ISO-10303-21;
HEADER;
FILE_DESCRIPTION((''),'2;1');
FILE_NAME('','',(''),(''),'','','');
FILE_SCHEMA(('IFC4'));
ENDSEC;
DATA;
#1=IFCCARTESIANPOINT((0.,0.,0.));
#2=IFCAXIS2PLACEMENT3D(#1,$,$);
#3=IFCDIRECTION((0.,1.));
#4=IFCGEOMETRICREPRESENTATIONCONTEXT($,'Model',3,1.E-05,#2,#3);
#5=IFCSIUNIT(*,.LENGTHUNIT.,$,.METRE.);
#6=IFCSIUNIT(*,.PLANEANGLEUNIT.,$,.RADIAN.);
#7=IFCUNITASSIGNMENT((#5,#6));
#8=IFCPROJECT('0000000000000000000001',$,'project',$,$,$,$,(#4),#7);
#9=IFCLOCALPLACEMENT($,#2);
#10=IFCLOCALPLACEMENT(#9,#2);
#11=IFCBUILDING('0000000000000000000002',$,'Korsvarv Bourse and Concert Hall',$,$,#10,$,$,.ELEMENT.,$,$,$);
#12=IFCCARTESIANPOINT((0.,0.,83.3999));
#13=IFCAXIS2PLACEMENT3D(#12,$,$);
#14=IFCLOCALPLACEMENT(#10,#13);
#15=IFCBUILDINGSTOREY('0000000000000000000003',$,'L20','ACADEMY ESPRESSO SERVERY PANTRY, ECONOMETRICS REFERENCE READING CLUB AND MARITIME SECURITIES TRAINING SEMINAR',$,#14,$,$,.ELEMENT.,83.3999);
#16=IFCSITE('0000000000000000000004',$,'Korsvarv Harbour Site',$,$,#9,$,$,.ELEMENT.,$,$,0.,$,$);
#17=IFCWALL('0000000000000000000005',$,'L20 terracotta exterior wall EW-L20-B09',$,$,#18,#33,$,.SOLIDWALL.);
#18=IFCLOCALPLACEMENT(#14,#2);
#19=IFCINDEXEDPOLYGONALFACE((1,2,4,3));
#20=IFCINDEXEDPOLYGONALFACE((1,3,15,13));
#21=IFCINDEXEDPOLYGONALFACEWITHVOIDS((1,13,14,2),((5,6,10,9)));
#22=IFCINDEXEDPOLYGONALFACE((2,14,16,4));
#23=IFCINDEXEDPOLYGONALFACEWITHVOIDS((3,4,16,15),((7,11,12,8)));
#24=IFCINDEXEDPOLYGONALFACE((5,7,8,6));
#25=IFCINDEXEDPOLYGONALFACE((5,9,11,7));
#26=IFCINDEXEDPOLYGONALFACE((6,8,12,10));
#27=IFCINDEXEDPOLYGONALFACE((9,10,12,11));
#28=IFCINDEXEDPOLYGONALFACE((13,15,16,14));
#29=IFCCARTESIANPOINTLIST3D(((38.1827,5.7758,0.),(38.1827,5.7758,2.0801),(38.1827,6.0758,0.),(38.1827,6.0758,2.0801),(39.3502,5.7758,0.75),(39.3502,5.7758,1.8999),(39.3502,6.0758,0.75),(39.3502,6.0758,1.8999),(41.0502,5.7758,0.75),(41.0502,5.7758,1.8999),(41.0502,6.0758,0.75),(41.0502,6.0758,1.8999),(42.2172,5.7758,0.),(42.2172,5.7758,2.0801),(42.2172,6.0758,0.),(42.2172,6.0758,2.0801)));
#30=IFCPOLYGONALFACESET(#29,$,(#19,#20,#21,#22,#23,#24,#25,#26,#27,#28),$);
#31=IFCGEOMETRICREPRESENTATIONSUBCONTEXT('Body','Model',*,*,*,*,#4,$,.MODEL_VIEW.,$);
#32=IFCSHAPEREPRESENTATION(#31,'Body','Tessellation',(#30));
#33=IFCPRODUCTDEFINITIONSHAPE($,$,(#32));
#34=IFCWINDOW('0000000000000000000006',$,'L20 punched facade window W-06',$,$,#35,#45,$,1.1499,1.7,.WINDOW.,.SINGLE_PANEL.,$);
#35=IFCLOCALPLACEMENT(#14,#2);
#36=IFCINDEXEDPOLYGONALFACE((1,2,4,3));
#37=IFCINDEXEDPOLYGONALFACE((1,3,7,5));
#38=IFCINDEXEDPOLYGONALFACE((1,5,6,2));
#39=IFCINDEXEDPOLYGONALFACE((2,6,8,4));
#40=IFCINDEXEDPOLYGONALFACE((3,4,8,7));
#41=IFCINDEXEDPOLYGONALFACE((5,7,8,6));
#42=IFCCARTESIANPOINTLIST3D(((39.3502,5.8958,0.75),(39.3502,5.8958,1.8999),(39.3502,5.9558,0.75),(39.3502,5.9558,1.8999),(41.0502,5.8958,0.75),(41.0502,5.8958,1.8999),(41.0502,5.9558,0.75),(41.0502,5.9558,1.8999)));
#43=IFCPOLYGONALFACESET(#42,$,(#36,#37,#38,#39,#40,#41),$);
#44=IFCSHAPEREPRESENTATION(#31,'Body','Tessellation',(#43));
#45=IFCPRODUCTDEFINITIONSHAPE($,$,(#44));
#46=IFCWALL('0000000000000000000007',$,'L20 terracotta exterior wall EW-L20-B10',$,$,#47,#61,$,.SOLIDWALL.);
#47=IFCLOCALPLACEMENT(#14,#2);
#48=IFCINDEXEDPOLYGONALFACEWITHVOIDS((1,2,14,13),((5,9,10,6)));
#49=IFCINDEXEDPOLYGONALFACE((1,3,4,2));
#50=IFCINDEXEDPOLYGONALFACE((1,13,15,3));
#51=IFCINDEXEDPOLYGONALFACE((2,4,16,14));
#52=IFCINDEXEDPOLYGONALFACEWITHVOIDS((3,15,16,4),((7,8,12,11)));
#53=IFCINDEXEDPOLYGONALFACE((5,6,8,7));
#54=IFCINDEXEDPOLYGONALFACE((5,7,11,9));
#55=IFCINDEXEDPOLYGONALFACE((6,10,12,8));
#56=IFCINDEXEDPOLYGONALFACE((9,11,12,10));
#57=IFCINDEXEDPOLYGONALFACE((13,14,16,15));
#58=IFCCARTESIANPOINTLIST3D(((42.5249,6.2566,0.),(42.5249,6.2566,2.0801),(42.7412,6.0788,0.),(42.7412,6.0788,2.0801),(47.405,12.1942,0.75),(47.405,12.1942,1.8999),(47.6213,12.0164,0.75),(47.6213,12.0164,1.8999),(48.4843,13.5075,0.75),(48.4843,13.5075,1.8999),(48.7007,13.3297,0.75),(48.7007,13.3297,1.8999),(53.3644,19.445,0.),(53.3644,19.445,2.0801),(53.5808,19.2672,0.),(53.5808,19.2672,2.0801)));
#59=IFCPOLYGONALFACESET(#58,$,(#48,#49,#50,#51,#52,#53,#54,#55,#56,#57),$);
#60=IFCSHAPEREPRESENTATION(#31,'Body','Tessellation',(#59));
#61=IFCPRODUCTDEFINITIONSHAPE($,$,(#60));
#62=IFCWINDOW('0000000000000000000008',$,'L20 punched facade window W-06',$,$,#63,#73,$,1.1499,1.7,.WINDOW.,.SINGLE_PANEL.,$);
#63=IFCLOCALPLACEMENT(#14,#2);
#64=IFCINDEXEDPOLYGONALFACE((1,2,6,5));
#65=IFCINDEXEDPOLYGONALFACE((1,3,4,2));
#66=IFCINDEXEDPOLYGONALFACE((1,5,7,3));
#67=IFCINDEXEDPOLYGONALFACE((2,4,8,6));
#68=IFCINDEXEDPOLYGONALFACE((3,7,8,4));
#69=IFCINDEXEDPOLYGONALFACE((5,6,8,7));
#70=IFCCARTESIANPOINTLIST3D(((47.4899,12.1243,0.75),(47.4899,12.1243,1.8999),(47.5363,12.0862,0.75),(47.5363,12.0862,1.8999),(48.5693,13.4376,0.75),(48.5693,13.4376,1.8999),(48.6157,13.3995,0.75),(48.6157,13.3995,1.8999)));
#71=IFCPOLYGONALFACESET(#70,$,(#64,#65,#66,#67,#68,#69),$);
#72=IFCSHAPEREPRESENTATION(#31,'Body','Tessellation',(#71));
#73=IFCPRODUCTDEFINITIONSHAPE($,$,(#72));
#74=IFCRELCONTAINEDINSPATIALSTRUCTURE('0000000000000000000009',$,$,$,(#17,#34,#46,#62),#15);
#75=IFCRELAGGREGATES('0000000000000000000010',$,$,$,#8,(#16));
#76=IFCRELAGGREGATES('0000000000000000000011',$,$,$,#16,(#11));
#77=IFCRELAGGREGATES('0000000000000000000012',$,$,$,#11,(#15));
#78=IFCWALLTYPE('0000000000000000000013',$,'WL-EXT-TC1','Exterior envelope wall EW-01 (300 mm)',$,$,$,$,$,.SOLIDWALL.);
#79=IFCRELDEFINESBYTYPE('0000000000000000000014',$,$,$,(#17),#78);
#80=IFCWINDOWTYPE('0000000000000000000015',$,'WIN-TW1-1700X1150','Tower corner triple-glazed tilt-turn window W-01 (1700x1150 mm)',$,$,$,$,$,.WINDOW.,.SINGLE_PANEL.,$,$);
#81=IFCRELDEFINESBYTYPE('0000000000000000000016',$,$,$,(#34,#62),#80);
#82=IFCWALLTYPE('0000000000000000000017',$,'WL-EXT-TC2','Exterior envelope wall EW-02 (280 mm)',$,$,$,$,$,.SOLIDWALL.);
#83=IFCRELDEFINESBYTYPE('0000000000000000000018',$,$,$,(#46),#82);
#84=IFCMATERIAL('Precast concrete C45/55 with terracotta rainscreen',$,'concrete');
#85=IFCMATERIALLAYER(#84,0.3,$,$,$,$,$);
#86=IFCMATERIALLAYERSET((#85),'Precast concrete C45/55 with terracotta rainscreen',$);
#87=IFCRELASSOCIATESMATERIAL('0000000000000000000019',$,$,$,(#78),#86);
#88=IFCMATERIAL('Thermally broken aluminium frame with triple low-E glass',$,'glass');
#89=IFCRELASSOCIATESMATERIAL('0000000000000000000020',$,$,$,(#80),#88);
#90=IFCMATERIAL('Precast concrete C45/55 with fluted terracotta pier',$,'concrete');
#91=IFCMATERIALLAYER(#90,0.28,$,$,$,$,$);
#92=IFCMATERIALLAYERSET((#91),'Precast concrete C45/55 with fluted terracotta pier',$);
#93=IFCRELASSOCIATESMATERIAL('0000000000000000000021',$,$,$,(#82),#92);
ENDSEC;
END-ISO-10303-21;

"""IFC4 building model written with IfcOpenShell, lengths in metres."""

from ifc_helpers import new_model, si_unit, direction, frame, frame_2d, origin, place, context, subcontext, project, spatial, rectangle, extrude, material, layer, layer_set, type_object, element, fill, save


model = new_model("IFC4")

# Units and contexts
model_context = context("Model", 3, precision=1e-05, world=origin(), true_north=direction((0.0, 1.0)))
body_context = subcontext(model_context, "Body", "Model", "MODEL_VIEW")
ifc_project = project(units=[si_unit("LENGTHUNIT", "METRE"), si_unit("PLANEANGLEUNIT", "RADIAN")], contexts=[model_context])

# Site, building, storey
site_placement = place(None, origin())
site = spatial("IfcSite", under=ifc_project, at=site_placement, Name="Korsvarv Harbour Site", CompositionType="ELEMENT", RefElevation=0.0)
building_placement = place(site_placement, origin())
building = spatial("IfcBuilding", under=site, at=building_placement, Name="Korsvarv Bourse and Concert Hall", CompositionType="ELEMENT")
storey_placement = place(building_placement, frame((0.0, 0.0, 83.3999)))
storey = spatial("IfcBuildingStorey", under=building, at=storey_placement, Name="L20", Description="ACADEMY ESPRESSO SERVERY PANTRY, ECONOMETRICS REFERENCE READING CLUB AND MARITIME SECURITIES TRAINING SEMINAR", CompositionType="ELEMENT", Elevation=83.3999)

# Walls, openings, windows
ifc_material_1 = material(Name="Precast concrete C45/55 with terracotta rainscreen", Category="concrete")
ifc_layer_1 = layer(ifc_material_1, 0.3)
ifc_layer_set_1 = layer_set([ifc_layer_1], Name="Precast concrete C45/55 with terracotta rainscreen")
wall_type_1 = type_object("IfcWallType", Name="WL-EXT-TC1", Description="Exterior envelope wall EW-01 (300 mm)", PredefinedType="SOLIDWALL", material=ifc_layer_set_1)
wall_1_placement = place(storey_placement, frame((38.1829, 5.9258, 0.0), z_axis=(0.0, 0.0, 1.0), x_axis=(1.0, 0.0, 0.0)))
wall_1 = element("IfcWall", 1, at=wall_1_placement, inside=storey, type_object=wall_type_1, Name="L20 terracotta exterior wall EW-L20-B09", PredefinedType="SOLIDWALL", context=body_context, shape_type="SweptSolid", body=[
    extrude(rectangle(XDim=4.0344, YDim=0.3, at=frame_2d((2.0171, 0.0))), origin(), (0.0, 0.0, 1.0), 2.0801),
])
opening_1_placement = place(wall_1_placement, frame((1.1672, 0.0, 0.75)))
opening_1 = element("IfcOpeningElement", 2, at=opening_1_placement, cuts=wall_1, PredefinedType="OPENING", context=body_context, shape_type="SweptSolid", body=[
    extrude(rectangle(XDim=1.7, YDim=1.1499, at=frame_2d((0.8501, 0.575))), frame((0.0, 0.1602, 0.0), z_axis=(0.0, -1.0, 0.0), x_axis=(1.0, 0.0, 0.0)), (0.0, 0.0, 1.0), 0.3201),
])
ifc_material_2 = material(Name="Thermally broken aluminium frame with triple low-E glass", Category="glass")
window_type = type_object("IfcWindowType", Name="WIN-TW1-1700X1150", Description="Tower corner triple-glazed tilt-turn window W-01 (1700x1150 mm)", PartitioningType="SINGLE_PANEL", PredefinedType="WINDOW", material=ifc_material_2)
window_1_placement = place(opening_1_placement, origin())
window_1 = element("IfcWindow", 3, at=window_1_placement, inside=storey, type_object=window_type, Name="L20 punched facade window W-06", OverallHeight=1.1499, OverallWidth=1.7, PartitioningType="SINGLE_PANEL", PredefinedType="WINDOW", context=body_context, shape_type="SweptSolid", body=[
    extrude(rectangle(XDim=1.7, YDim=1.1499, at=frame_2d((0.8501, 0.575))), frame((0.0, 0.03, 0.0), z_axis=(0.0, -1.0, 0.0), x_axis=(1.0, 0.0, 0.0)), (0.0, 0.0, 1.0), 0.0601),
])
fill(opening_1, window_1)
ifc_material_3 = material(Name="Precast concrete C45/55 with fluted terracotta pier", Category="concrete")
ifc_layer_2 = layer(ifc_material_3, 0.28)
ifc_layer_set_2 = layer_set([ifc_layer_2], Name="Precast concrete C45/55 with fluted terracotta pier")
wall_type_2 = type_object("IfcWallType", Name="WL-EXT-TC2", Description="Exterior envelope wall EW-02 (280 mm)", PredefinedType="SOLIDWALL", material=ifc_layer_set_2)
wall_2_placement = place(storey_placement, frame((42.6331, 6.1677, 0.0), z_axis=(0.0, 0.0, 1.0), x_axis=(0.634957, 0.772548, 0.0)))
wall_2 = element("IfcWall", 4, at=wall_2_placement, inside=storey, type_object=wall_type_2, Name="L20 terracotta exterior wall EW-L20-B10", PredefinedType="SOLIDWALL", context=body_context, shape_type="SweptSolid", body=[
    extrude(rectangle(XDim=17.0713, YDim=0.28, at=frame_2d((8.5356, 0.0))), origin(), (0.0, 0.0, 1.0), 2.0801),
])
opening_2_placement = place(wall_2_placement, frame((7.6855, 0.0, 0.75)))
opening_2 = element("IfcOpeningElement", 5, at=opening_2_placement, cuts=wall_2, PredefinedType="OPENING", context=body_context, shape_type="SweptSolid", body=[
    extrude(rectangle(XDim=1.7, YDim=1.1499, at=frame_2d((0.8501, 0.575))), frame((0.0, 0.1499, 0.0), z_axis=(0.0, -1.0, 0.0), x_axis=(1.0, 0.0, 0.0)), (0.0, 0.0, 1.0), 0.3),
])
window_2_placement = place(opening_2_placement, origin())
window_2 = element("IfcWindow", 6, at=window_2_placement, inside=storey, type_object=window_type, Name="L20 punched facade window W-06", OverallHeight=1.1499, OverallWidth=1.7, PartitioningType="SINGLE_PANEL", PredefinedType="WINDOW", context=body_context, shape_type="SweptSolid", body=[
    extrude(rectangle(XDim=1.7, YDim=1.1499, at=frame_2d((0.8501, 0.575))), frame((0.0, 0.03, 0.0), z_axis=(0.0, -1.0, 0.0), x_axis=(1.0, 0.0, 0.0)), (0.0, 0.0, 1.0), 0.0601),
])
fill(opening_2, window_2)

save(model, "model.ifc")
